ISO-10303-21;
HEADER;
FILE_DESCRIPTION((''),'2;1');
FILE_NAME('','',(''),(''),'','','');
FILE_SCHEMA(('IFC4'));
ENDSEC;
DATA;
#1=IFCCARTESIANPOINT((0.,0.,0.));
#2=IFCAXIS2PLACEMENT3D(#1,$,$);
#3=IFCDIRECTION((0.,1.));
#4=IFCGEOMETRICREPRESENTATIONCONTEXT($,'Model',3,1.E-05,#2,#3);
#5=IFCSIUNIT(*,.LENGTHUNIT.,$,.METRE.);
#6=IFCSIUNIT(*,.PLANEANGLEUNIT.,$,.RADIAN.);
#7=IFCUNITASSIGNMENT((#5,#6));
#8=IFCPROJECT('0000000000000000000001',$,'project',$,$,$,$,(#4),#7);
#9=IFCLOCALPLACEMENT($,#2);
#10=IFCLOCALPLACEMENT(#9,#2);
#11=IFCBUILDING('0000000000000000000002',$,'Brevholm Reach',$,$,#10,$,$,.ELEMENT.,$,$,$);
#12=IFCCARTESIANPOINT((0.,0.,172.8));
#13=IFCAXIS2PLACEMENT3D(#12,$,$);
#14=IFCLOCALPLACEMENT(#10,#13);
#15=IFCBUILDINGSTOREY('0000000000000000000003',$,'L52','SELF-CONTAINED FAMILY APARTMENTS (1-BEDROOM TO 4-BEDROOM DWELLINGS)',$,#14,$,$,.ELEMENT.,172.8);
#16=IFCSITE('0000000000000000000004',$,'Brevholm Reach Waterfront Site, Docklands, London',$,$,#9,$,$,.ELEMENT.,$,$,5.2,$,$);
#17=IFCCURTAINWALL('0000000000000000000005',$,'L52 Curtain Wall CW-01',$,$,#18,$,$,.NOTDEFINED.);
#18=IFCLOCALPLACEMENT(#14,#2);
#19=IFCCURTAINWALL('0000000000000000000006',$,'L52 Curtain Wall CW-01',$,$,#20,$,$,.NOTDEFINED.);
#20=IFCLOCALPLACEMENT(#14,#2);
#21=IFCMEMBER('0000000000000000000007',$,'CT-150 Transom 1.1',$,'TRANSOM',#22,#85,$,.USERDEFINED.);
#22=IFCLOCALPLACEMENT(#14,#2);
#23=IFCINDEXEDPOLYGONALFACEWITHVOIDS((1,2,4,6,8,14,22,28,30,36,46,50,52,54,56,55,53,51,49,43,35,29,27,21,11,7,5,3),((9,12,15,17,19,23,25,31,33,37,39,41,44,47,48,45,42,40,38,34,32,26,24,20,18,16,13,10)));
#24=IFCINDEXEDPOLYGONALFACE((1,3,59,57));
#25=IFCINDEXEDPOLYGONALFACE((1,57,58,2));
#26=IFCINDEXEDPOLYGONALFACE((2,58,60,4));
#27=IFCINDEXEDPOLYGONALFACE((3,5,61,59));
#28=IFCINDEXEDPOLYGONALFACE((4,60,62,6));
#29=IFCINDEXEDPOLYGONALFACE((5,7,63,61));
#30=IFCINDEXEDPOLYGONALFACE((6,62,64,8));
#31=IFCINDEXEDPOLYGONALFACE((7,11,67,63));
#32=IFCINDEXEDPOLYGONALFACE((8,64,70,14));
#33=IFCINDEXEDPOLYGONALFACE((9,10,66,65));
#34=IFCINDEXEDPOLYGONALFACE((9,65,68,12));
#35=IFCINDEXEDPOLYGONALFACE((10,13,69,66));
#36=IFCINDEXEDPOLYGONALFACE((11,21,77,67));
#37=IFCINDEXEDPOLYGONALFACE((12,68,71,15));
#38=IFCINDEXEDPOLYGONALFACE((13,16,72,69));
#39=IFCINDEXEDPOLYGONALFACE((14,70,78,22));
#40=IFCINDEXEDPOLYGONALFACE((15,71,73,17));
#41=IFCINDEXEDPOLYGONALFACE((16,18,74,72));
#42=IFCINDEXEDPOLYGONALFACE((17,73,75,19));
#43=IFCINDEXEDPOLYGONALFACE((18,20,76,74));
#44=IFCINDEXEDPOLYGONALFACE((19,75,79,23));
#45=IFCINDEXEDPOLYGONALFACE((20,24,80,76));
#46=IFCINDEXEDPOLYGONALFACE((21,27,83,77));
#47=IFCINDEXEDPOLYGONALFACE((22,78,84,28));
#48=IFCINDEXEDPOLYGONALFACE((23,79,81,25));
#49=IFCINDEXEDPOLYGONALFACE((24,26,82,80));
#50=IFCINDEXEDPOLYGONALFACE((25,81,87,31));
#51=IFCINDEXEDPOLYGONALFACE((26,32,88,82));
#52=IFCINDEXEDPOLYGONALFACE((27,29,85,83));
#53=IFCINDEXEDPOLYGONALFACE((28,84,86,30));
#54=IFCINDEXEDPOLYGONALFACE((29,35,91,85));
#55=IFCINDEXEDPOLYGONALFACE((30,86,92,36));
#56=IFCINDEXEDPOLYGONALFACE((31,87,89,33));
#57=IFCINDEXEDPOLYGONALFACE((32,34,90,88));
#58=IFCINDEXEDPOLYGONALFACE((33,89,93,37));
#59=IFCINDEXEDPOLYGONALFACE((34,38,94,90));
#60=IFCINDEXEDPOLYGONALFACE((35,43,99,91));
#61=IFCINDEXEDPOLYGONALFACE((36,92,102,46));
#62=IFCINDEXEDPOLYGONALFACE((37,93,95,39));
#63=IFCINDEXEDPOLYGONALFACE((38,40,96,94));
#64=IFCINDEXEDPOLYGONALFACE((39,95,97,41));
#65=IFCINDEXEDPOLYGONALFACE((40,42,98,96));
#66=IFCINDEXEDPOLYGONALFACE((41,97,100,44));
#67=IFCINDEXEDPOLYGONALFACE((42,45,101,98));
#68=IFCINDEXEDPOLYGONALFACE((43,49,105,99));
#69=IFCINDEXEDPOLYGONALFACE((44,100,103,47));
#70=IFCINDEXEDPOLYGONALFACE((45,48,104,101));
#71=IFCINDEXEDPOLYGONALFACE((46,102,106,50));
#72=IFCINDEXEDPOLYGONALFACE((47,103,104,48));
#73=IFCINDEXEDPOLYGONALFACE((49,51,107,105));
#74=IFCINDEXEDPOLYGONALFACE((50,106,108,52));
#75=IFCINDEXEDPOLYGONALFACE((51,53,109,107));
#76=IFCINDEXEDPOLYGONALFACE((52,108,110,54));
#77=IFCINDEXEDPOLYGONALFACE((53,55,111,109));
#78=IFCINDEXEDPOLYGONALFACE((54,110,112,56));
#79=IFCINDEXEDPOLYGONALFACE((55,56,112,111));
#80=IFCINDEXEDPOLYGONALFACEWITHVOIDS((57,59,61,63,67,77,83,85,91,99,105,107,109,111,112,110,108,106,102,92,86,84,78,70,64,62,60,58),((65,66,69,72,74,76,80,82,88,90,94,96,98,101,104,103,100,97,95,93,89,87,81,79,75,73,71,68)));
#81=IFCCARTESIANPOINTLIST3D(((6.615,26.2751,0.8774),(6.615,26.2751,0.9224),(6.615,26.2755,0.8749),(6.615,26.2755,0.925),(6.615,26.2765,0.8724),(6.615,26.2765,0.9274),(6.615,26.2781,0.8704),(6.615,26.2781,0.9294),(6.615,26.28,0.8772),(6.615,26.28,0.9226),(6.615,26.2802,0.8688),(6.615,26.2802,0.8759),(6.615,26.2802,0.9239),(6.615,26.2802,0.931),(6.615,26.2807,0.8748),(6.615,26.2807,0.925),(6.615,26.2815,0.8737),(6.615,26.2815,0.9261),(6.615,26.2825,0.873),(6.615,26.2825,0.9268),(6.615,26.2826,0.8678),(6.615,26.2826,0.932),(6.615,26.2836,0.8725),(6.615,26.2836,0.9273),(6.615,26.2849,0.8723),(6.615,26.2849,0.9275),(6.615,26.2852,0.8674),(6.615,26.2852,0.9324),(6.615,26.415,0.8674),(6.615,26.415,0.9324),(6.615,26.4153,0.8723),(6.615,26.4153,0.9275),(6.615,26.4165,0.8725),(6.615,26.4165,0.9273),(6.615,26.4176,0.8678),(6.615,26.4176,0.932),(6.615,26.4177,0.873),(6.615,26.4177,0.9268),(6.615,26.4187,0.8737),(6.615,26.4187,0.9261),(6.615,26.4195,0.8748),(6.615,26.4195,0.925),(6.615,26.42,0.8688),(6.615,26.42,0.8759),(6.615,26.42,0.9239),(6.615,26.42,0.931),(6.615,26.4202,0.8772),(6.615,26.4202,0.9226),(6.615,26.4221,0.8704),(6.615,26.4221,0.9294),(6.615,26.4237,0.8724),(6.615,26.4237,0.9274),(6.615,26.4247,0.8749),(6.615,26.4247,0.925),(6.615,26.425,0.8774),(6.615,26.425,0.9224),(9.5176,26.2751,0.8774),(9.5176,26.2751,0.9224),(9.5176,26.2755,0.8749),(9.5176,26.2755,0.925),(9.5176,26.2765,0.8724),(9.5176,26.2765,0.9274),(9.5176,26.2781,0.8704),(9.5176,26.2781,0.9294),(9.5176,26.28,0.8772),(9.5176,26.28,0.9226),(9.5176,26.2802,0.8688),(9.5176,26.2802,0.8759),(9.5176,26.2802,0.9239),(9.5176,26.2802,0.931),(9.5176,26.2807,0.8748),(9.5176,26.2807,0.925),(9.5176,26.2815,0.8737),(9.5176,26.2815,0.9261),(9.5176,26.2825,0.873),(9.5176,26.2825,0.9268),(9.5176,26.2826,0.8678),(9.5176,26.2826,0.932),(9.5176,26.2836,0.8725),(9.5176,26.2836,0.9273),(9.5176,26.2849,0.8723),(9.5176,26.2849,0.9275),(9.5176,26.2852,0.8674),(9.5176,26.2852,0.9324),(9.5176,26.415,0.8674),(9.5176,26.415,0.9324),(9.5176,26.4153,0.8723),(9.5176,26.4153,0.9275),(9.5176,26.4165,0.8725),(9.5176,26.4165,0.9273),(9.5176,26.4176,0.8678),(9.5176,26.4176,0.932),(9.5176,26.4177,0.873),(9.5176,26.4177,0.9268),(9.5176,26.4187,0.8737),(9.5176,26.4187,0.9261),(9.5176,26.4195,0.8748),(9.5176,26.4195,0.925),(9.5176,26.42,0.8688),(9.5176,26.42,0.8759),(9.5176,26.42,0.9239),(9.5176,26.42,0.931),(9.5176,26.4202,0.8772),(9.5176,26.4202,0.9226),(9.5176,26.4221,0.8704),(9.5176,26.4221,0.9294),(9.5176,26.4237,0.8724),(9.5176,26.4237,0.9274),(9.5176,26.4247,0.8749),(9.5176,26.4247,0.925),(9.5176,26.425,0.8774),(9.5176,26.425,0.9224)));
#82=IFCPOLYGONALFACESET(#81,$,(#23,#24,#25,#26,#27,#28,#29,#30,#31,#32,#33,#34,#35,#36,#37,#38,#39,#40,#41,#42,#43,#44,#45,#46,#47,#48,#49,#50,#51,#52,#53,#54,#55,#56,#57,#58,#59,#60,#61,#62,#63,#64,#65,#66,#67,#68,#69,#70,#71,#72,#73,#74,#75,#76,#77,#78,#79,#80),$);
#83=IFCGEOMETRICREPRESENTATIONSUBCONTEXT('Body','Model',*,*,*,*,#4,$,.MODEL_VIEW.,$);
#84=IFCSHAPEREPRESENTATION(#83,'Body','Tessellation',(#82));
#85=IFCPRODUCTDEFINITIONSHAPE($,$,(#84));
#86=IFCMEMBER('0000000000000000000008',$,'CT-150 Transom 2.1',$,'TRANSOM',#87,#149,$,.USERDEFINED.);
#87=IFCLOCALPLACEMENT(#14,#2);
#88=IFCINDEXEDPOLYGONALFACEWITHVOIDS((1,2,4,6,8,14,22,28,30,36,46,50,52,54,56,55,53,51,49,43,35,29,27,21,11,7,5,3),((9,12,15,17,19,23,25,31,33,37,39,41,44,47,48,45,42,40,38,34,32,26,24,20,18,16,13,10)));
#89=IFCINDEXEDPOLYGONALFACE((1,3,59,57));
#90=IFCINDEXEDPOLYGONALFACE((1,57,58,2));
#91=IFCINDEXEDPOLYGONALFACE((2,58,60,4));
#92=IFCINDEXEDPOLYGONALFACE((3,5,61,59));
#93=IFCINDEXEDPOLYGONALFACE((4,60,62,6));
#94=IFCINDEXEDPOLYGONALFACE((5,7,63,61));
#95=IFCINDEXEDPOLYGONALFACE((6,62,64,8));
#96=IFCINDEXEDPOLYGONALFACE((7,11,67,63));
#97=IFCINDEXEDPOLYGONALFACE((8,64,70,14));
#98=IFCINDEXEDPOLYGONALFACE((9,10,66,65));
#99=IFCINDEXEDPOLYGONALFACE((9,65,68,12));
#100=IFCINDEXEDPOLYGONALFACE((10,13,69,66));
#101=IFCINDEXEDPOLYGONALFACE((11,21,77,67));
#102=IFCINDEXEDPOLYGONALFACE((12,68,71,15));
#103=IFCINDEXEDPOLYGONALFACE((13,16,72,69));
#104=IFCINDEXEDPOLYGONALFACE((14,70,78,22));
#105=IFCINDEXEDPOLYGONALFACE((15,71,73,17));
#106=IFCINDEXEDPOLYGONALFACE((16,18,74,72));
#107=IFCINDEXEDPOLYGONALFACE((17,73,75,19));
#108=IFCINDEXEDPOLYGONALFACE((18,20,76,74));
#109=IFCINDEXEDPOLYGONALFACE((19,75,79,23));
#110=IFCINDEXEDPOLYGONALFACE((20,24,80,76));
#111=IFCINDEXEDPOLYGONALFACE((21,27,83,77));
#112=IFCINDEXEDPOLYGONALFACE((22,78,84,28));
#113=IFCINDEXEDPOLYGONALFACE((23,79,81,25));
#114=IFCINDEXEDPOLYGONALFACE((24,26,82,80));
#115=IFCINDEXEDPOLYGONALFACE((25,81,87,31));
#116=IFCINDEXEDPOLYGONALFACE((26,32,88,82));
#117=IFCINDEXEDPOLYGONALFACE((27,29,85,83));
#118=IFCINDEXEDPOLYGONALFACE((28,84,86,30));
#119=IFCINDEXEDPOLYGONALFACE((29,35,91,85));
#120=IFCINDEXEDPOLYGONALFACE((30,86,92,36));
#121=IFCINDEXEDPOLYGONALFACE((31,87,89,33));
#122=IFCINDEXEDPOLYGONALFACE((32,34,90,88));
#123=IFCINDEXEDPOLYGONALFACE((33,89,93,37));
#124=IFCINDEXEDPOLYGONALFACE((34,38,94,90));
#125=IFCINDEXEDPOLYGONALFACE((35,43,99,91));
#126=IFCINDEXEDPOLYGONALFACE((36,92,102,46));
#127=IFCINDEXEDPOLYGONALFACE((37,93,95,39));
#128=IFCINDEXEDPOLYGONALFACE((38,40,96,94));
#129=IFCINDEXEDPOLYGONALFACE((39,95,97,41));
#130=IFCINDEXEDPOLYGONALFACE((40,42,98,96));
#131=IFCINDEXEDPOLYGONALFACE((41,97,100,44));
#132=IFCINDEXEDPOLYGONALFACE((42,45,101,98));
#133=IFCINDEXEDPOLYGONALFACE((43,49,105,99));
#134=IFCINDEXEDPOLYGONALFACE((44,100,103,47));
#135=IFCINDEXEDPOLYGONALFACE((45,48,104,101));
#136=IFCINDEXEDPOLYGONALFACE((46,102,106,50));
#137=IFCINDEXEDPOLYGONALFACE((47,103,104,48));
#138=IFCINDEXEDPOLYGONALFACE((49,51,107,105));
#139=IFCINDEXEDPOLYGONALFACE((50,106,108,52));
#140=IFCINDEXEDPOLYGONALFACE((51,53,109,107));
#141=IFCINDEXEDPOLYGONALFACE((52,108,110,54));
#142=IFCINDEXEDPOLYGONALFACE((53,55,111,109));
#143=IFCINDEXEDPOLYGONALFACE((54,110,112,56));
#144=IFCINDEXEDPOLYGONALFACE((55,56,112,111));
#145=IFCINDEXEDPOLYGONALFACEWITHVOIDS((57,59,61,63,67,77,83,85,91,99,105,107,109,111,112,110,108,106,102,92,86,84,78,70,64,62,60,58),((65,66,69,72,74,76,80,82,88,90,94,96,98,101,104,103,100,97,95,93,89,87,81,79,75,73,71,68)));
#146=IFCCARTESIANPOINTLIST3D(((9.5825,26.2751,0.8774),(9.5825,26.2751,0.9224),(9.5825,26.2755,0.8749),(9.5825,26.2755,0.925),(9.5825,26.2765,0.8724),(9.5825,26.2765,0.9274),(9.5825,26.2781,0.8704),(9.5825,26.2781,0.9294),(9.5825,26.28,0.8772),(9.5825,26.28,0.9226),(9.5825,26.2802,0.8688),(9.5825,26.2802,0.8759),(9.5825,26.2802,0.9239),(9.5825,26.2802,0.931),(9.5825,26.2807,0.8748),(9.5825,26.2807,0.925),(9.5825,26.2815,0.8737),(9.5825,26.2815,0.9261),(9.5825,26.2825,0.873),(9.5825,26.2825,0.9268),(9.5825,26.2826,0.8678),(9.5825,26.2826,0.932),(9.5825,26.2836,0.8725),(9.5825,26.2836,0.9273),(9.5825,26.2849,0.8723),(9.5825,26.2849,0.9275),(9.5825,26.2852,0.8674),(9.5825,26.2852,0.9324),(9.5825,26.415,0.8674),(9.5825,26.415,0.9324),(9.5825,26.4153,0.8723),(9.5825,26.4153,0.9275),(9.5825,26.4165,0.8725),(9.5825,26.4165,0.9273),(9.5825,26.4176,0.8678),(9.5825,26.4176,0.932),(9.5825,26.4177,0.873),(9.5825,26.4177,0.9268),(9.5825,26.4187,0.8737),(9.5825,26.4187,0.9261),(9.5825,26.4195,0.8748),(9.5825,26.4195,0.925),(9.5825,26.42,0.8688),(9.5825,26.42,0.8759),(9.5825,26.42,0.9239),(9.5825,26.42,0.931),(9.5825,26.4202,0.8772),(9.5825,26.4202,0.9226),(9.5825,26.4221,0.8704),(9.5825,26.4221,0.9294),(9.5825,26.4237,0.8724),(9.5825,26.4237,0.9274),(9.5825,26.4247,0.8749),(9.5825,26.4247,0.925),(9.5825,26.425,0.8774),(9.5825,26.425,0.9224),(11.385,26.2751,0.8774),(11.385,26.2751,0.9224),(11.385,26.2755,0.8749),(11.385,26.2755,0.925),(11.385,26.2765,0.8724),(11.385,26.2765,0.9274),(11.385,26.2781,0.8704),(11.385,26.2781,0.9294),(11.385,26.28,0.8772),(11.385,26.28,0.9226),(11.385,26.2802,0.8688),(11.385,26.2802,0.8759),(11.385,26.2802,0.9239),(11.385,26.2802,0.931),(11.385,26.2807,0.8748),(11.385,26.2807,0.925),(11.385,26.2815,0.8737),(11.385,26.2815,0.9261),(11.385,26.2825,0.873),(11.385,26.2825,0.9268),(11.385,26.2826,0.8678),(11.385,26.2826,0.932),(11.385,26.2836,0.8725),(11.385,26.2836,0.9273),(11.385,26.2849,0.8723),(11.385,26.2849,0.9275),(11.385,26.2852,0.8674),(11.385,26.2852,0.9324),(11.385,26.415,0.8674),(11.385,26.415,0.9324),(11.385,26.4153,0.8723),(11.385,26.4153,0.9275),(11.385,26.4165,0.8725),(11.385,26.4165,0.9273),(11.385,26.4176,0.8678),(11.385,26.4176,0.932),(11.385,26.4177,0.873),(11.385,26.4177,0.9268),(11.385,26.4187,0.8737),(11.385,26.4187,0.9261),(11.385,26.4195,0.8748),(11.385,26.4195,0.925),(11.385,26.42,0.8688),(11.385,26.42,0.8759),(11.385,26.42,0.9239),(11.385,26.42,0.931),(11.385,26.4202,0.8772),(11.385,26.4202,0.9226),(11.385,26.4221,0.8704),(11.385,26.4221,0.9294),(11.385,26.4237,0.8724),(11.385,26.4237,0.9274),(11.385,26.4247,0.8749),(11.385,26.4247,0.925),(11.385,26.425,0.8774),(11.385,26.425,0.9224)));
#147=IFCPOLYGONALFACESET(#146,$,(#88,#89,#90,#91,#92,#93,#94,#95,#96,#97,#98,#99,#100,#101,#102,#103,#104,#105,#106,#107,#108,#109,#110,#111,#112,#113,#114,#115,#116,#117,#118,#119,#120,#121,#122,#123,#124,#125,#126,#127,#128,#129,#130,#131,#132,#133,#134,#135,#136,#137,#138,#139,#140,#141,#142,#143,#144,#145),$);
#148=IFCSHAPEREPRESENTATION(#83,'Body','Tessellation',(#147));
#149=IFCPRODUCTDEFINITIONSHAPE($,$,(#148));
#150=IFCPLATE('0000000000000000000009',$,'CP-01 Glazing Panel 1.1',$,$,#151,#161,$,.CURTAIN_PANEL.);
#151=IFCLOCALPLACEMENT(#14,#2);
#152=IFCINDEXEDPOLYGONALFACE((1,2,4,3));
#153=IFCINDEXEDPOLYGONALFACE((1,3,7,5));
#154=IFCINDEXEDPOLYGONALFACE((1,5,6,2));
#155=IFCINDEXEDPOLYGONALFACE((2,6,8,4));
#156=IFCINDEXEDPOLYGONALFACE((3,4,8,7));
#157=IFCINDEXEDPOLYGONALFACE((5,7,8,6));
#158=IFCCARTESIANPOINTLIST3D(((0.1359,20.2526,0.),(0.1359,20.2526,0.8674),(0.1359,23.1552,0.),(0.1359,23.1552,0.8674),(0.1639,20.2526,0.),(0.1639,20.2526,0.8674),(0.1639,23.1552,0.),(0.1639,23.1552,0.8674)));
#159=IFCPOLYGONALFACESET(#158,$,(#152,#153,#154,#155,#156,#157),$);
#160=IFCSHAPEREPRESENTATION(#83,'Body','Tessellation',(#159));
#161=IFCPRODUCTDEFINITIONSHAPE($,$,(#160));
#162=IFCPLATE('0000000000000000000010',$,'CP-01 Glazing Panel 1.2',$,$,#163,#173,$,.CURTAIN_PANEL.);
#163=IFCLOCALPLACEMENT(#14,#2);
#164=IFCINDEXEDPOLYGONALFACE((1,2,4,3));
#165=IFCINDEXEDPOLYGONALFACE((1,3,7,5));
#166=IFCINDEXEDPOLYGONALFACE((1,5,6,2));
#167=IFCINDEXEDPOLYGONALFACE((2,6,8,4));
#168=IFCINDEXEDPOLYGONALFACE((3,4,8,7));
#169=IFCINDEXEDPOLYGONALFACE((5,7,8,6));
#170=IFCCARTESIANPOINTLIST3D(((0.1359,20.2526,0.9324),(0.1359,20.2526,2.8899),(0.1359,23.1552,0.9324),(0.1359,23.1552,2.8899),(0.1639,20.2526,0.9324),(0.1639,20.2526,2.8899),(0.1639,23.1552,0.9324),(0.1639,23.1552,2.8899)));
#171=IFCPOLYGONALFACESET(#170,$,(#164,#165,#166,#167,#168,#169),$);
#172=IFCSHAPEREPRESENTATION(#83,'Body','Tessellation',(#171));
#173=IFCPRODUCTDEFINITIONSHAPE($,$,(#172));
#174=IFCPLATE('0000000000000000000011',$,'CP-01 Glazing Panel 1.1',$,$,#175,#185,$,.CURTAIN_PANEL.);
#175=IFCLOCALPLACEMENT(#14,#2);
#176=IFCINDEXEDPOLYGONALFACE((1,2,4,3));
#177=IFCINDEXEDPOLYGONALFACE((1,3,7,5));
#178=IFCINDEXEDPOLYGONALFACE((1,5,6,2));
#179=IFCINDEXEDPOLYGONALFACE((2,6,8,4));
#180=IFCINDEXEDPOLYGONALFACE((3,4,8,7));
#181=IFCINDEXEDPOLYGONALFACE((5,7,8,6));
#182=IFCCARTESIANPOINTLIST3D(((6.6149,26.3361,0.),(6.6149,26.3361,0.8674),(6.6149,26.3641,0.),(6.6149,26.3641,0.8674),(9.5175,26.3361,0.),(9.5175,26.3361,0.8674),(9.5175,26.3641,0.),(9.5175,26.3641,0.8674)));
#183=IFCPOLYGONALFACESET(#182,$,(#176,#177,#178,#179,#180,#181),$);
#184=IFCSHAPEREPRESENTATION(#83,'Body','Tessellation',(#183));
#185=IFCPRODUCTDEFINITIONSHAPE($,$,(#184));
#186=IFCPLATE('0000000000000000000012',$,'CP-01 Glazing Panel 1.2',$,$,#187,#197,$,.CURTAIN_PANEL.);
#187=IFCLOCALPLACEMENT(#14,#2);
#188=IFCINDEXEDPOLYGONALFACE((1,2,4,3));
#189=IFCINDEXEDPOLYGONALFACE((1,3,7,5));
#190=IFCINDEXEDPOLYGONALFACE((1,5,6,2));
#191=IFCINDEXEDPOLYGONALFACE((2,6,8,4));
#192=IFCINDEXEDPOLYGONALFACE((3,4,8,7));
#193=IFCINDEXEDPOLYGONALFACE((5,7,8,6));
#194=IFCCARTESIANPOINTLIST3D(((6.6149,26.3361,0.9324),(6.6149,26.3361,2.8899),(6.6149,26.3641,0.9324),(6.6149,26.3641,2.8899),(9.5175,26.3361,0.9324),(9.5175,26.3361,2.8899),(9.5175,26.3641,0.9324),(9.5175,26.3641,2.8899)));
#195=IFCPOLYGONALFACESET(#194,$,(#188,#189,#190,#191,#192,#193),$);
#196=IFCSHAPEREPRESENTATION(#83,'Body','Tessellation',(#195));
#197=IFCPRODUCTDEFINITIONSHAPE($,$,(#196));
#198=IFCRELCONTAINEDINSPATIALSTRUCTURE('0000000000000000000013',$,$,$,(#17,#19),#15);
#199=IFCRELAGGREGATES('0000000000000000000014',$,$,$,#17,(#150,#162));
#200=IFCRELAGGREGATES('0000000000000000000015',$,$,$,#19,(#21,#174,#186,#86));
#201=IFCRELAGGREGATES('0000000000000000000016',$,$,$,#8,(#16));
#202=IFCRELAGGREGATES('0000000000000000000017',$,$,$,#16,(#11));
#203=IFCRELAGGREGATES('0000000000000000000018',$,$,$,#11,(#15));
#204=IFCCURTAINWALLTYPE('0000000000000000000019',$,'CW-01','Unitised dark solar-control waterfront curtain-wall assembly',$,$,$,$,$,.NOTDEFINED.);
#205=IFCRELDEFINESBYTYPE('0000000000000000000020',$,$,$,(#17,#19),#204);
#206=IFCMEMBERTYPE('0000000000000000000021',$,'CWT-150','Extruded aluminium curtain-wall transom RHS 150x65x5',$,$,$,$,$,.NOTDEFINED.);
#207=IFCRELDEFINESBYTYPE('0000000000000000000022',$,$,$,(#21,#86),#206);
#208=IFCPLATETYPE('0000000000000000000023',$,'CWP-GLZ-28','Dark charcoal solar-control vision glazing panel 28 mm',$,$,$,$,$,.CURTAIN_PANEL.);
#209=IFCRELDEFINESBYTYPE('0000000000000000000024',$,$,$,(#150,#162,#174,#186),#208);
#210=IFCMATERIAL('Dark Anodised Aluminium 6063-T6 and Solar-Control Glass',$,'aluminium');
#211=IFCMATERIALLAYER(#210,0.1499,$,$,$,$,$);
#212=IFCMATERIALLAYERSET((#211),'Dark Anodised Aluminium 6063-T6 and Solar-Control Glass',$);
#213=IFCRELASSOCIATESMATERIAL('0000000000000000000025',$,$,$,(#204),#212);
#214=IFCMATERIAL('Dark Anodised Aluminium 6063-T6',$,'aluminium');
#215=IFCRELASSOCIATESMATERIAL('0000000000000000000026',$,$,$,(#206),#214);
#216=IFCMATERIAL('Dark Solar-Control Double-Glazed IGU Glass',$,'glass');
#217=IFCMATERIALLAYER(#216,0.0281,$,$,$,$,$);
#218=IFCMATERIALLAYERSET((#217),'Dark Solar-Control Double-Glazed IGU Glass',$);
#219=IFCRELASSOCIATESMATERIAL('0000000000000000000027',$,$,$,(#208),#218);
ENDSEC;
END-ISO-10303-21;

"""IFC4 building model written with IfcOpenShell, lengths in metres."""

from ifc_helpers import new_model, si_unit, direction, frame, origin, origin_2d, place, context, subcontext, project, spatial, rectangle, hollow_rectangle, extrude, material, layer, layer_set, material_profile, profile_set, type_object, element, aggregate, save


model = new_model("IFC4")

# Units and contexts
model_context = context("Model", 3, precision=1e-05, world=origin(), true_north=direction((0.0, 1.0)))
body_context = subcontext(model_context, "Body", "Model", "MODEL_VIEW")
ifc_project = project(units=[si_unit("LENGTHUNIT", "METRE"), si_unit("PLANEANGLEUNIT", "RADIAN")], contexts=[model_context])

# Site, building, storey
site_placement = place(None, origin())
site = spatial("IfcSite", under=ifc_project, at=site_placement, Name="Brevholm Reach Waterfront Site, Docklands, London", CompositionType="ELEMENT", RefElevation=5.2)
building_placement = place(site_placement, origin())
building = spatial("IfcBuilding", under=site, at=building_placement, Name="Brevholm Reach", CompositionType="ELEMENT")
storey_placement = place(building_placement, frame((0.0, 0.0, 172.8)))
storey = spatial("IfcBuildingStorey", under=building, at=storey_placement, Name="L52", Description="SELF-CONTAINED FAMILY APARTMENTS (1-BEDROOM TO 4-BEDROOM DWELLINGS)", CompositionType="ELEMENT", Elevation=172.8)

# Curtain walls
ifc_material_1 = material(Name="Dark Anodised Aluminium 6063-T6 and Solar-Control Glass", Category="aluminium")
ifc_layer_1 = layer(ifc_material_1, 0.1499)
ifc_layer_set_1 = layer_set([ifc_layer_1], Name="Dark Anodised Aluminium 6063-T6 and Solar-Control Glass")
curtain_wall_type = type_object("IfcCurtainWallType", Name="CW-01", Description="Unitised dark solar-control waterfront curtain-wall assembly", PredefinedType="NOTDEFINED", material=ifc_layer_set_1)
curtain_wall_1_placement = place(storey_placement, origin())
curtain_wall_1 = element("IfcCurtainWall", 1, at=curtain_wall_1_placement, inside=storey, type_object=curtain_wall_type, Name="L52 Curtain Wall CW-01", PredefinedType="NOTDEFINED")
curtain_wall_2_placement = place(storey_placement, origin())
curtain_wall_2 = element("IfcCurtainWall", 2, at=curtain_wall_2_placement, inside=storey, type_object=curtain_wall_type, Name="L52 Curtain Wall CW-01", PredefinedType="NOTDEFINED")

# Members
ifc_material_2 = material(Name="Dark Anodised Aluminium 6063-T6", Category="aluminium")
ifc_material_profile_1 = material_profile(ifc_material_2, hollow_rectangle(XDim=0.0649, YDim=0.1499, WallThickness=0.0049, InnerFilletRadius=0.0049, OuterFilletRadius=0.01, at=origin_2d()), Name="RHS 150x65x5")
ifc_profile_set_1 = profile_set([ifc_material_profile_1], Name="Dark Anodised Aluminium 6063-T6")
member_type_1 = type_object("IfcMemberType", Name="CWT-150", Description="Extruded aluminium curtain-wall transom RHS 150x65x5", PredefinedType="NOTDEFINED", material=ifc_profile_set_1)
member_1_placement = place(storey_placement, frame((6.615, 26.3501, 0.8999), z_axis=(1.0, 0.0, 0.0), x_axis=(0.0, 0.0, 1.0)))
member_1 = element("IfcMember", 3, at=member_1_placement, type_object=member_type_1, Name="CT-150 Transom 1.1", ObjectType="TRANSOM", PredefinedType="USERDEFINED", context=body_context, shape_type="SweptSolid", body=[
    extrude(hollow_rectangle(XDim=0.0649, YDim=0.1499, WallThickness=0.0049, InnerFilletRadius=0.0049, OuterFilletRadius=0.01, at=origin_2d()), origin(), (0.0, 0.0, 1.0), 2.9026),
])
member_2_placement = place(storey_placement, frame((9.5825, 26.3501, 0.8999), z_axis=(1.0, 0.0, 0.0), x_axis=(0.0, 0.0, 1.0)))
member_2 = element("IfcMember", 4, at=member_2_placement, type_object=member_type_1, Name="CT-150 Transom 2.1", ObjectType="TRANSOM", PredefinedType="USERDEFINED", context=body_context, shape_type="SweptSolid", body=[
    extrude(hollow_rectangle(XDim=0.0649, YDim=0.1499, WallThickness=0.0049, InnerFilletRadius=0.0049, OuterFilletRadius=0.01, at=origin_2d()), origin(), (0.0, 0.0, 1.0), 1.8025),
])

# Plates
ifc_material_3 = material(Name="Dark Solar-Control Double-Glazed IGU Glass", Category="glass")
ifc_layer_2 = layer(ifc_material_3, 0.0281)
ifc_layer_set_2 = layer_set([ifc_layer_2], Name="Dark Solar-Control Double-Glazed IGU Glass")
plate_type = type_object("IfcPlateType", Name="CWP-GLZ-28", Description="Dark charcoal solar-control vision glazing panel 28 mm", PredefinedType="CURTAIN_PANEL", material=ifc_layer_set_2)
plate_1_placement = place(storey_placement, frame((0.1499, 21.7039, 0.0), z_axis=(0.0, 0.0, 1.0), x_axis=(0.0, -1.0, 0.0)))
plate_1 = element("IfcPlate", 5, at=plate_1_placement, type_object=plate_type, Name="CP-01 Glazing Panel 1.1", PredefinedType="CURTAIN_PANEL", context=body_context, shape_type="SweptSolid", body=[
    extrude(rectangle(XDim=2.9026, YDim=0.0281, at=origin_2d()), origin(), (0.0, 0.0, 1.0), 0.8674),
])
plate_2_placement = place(storey_placement, frame((0.1499, 21.7039, 0.9324), z_axis=(0.0, 0.0, 1.0), x_axis=(0.0, -1.0, 0.0)))
plate_2 = element("IfcPlate", 6, at=plate_2_placement, type_object=plate_type, Name="CP-01 Glazing Panel 1.2", PredefinedType="CURTAIN_PANEL", context=body_context, shape_type="SweptSolid", body=[
    extrude(rectangle(XDim=2.9026, YDim=0.0281, at=origin_2d()), origin(), (0.0, 0.0, 1.0), 1.9575),
])
aggregate(curtain_wall_1, [plate_1, plate_2])
plate_3_placement = place(storey_placement, frame((8.0662, 26.3501, 0.0), z_axis=(0.0, 0.0, 1.0), x_axis=(1.0, 0.0, 0.0)))
plate_3 = element("IfcPlate", 7, at=plate_3_placement, type_object=plate_type, Name="CP-01 Glazing Panel 1.1", PredefinedType="CURTAIN_PANEL", context=body_context, shape_type="SweptSolid", body=[
    extrude(rectangle(XDim=2.9026, YDim=0.0281, at=origin_2d()), origin(), (0.0, 0.0, 1.0), 0.8674),
])
plate_4_placement = place(storey_placement, frame((8.0662, 26.3501, 0.9324), z_axis=(0.0, 0.0, 1.0), x_axis=(1.0, 0.0, 0.0)))
plate_4 = element("IfcPlate", 8, at=plate_4_placement, type_object=plate_type, Name="CP-01 Glazing Panel 1.2", PredefinedType="CURTAIN_PANEL", context=body_context, shape_type="SweptSolid", body=[
    extrude(rectangle(XDim=2.9026, YDim=0.0281, at=origin_2d()), origin(), (0.0, 0.0, 1.0), 1.9575),
])
aggregate(curtain_wall_2, [member_1, plate_3, plate_4, member_2])

save(model, "model.ifc")
